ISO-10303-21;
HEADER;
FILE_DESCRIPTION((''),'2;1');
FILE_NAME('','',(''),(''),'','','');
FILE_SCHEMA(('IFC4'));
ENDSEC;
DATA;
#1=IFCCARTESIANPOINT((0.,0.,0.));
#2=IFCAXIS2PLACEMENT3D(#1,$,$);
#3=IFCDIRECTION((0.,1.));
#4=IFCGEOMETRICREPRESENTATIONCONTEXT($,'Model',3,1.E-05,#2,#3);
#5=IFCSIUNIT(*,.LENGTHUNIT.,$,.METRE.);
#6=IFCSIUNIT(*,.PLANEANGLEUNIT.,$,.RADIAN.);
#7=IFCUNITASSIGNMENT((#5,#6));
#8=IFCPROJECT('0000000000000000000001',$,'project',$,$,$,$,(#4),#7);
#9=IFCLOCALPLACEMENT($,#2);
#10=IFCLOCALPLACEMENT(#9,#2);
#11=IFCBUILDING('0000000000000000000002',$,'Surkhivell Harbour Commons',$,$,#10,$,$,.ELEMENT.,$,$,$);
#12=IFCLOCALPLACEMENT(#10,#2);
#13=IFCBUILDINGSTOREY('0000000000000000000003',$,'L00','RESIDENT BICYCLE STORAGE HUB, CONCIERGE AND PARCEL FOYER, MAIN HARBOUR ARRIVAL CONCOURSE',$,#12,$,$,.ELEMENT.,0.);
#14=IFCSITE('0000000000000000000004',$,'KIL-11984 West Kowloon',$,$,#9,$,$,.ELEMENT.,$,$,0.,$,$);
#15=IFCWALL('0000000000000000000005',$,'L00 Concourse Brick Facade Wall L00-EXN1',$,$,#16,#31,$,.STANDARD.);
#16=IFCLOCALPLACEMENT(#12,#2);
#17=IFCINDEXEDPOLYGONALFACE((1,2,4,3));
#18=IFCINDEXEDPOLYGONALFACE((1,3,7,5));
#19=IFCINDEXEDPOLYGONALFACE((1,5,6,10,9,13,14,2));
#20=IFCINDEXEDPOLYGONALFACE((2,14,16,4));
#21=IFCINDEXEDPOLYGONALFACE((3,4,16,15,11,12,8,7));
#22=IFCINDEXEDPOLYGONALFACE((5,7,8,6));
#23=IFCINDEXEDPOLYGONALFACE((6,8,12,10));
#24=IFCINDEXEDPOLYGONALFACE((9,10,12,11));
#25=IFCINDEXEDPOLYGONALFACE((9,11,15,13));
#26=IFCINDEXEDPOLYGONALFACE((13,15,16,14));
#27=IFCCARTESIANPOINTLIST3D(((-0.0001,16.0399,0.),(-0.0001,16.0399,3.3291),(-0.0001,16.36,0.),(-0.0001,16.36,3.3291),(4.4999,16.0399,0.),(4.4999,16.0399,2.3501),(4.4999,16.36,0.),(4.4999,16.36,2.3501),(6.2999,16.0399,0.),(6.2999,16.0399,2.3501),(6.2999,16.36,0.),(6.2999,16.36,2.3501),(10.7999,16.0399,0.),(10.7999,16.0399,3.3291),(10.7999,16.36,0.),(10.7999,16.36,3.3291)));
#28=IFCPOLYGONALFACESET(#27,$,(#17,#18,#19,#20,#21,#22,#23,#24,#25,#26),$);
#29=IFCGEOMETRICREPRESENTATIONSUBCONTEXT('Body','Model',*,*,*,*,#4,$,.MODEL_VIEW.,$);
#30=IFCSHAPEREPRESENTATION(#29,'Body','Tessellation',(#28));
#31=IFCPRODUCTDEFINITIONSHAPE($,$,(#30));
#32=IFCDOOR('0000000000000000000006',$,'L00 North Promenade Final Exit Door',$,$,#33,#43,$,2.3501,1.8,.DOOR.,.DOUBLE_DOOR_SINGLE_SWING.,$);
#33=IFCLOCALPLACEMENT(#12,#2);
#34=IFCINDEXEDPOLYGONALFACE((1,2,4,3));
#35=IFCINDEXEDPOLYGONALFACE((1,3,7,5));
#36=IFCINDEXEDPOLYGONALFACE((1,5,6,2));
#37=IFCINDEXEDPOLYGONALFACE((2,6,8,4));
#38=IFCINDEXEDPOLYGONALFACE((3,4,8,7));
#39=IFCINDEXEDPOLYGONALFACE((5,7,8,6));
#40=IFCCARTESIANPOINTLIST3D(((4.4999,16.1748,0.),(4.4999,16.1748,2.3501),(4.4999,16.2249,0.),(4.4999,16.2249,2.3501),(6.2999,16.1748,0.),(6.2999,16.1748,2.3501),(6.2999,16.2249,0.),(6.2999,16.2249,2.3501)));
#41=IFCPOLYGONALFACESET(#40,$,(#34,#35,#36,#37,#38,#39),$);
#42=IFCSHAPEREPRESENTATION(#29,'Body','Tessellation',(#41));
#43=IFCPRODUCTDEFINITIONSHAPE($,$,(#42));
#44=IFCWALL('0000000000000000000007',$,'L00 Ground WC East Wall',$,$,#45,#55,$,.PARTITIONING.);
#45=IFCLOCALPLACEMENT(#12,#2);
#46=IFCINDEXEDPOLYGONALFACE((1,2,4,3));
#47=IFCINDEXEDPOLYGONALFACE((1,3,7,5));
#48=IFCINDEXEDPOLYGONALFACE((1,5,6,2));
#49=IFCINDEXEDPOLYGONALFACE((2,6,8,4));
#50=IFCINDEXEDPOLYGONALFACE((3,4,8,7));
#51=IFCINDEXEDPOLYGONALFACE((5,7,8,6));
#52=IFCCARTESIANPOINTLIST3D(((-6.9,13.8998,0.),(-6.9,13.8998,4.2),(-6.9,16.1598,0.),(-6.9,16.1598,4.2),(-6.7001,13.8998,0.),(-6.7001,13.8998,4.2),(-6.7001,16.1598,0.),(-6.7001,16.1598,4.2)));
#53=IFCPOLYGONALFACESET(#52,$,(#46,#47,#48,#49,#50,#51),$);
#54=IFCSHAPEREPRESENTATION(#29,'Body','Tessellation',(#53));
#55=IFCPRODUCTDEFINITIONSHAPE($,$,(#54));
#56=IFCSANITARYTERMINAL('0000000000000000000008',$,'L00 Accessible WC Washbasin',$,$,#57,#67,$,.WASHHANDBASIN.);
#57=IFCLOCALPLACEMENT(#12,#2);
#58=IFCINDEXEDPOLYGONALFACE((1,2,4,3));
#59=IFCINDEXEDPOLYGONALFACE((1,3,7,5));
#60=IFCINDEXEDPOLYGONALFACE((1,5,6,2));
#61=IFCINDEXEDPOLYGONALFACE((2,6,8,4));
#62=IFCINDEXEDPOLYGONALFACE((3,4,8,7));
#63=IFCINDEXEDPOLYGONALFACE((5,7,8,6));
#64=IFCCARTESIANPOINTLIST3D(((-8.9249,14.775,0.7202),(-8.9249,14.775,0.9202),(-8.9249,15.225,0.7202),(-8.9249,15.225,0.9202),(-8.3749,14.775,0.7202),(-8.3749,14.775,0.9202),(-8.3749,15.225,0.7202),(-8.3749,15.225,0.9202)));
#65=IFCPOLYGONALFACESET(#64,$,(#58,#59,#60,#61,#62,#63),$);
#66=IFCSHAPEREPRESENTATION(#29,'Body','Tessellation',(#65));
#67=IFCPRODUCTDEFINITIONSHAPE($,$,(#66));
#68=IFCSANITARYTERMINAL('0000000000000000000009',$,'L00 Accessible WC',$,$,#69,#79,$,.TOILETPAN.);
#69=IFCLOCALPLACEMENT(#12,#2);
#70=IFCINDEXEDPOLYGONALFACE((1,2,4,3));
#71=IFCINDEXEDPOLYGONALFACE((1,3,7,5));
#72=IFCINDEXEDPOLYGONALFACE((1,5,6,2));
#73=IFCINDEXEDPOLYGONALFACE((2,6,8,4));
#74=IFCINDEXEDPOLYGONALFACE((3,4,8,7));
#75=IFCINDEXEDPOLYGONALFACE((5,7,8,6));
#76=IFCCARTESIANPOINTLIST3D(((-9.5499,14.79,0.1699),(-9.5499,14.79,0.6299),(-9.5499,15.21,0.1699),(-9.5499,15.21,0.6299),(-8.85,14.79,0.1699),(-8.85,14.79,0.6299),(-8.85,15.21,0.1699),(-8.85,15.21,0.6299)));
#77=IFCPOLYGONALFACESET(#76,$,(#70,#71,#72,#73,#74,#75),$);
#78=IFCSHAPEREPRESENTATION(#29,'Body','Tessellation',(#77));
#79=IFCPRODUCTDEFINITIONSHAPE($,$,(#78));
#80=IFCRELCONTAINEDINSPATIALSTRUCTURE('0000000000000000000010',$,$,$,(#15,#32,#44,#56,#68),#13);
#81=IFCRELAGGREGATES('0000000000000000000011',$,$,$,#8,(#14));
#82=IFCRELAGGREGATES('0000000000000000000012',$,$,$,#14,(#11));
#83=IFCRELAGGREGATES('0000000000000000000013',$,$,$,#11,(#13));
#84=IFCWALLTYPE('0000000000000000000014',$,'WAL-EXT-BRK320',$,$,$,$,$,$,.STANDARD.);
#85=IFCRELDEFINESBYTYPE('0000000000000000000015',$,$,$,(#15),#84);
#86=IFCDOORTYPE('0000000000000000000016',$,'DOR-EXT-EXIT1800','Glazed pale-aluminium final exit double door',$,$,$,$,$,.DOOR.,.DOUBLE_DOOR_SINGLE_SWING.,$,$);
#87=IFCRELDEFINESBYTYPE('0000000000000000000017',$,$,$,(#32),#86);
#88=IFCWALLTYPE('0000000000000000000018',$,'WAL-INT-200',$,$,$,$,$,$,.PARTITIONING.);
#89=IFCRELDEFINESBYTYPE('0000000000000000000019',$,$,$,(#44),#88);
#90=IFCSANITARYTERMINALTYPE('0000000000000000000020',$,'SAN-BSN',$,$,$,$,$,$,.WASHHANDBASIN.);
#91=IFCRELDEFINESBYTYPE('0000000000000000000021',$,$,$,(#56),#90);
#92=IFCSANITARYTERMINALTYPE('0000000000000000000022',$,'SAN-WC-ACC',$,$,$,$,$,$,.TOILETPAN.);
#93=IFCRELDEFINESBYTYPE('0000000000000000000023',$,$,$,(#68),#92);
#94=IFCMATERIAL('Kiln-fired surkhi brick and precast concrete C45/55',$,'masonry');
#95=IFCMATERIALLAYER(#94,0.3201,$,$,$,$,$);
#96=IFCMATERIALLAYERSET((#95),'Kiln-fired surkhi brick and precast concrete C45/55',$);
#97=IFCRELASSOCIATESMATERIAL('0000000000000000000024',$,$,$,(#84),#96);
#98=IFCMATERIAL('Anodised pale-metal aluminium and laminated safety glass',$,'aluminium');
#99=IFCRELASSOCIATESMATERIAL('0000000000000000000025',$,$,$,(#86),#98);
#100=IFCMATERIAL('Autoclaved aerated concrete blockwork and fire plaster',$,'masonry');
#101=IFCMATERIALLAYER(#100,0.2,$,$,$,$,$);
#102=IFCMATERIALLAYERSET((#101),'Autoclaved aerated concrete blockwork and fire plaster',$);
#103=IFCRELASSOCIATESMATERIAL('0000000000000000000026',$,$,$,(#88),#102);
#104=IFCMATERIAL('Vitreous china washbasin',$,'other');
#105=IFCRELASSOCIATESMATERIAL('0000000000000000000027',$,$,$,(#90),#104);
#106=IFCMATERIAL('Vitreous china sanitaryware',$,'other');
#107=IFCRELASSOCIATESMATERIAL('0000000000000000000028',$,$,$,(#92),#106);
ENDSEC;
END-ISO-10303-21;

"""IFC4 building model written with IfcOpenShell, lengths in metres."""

from ifc_helpers import new_model, si_unit, direction, frame, frame_2d, origin, origin_2d, place, context, subcontext, project, spatial, rectangle, extrude, material, layer, layer_set, type_object, element, fill, save


model = new_model("IFC4")

# Units and contexts
model_context = context("Model", 3, precision=1e-05, world=origin(), true_north=direction((0.0, 1.0)))
body_context = subcontext(model_context, "Body", "Model", "MODEL_VIEW")
ifc_project = project(units=[si_unit("LENGTHUNIT", "METRE"), si_unit("PLANEANGLEUNIT", "RADIAN")], contexts=[model_context])

# Site, building, storey
site_placement = place(None, origin())
site = spatial("IfcSite", under=ifc_project, at=site_placement, Name="KIL-11984 West Kowloon", CompositionType="ELEMENT", RefElevation=0.0)
building_placement = place(site_placement, origin())
building = spatial("IfcBuilding", under=site, at=building_placement, Name="Surkhivell Harbour Commons", CompositionType="ELEMENT")
storey_placement = place(building_placement, origin())
storey = spatial("IfcBuildingStorey", under=building, at=storey_placement, Name="L00", Description="RESIDENT BICYCLE STORAGE HUB, CONCIERGE AND PARCEL FOYER, MAIN HARBOUR ARRIVAL CONCOURSE", CompositionType="ELEMENT", Elevation=0.0)

# Wall, opening, door
ifc_material_1 = material(Name="Kiln-fired surkhi brick and precast concrete C45/55", Category="masonry")
ifc_layer_1 = layer(ifc_material_1, 0.3201)
ifc_layer_set_1 = layer_set([ifc_layer_1], Name="Kiln-fired surkhi brick and precast concrete C45/55")
wall_type_1 = type_object("IfcWallType", Name="WAL-EXT-BRK320", PredefinedType="STANDARD", material=ifc_layer_set_1)
wall_1_placement = place(storey_placement, frame((0.0, 16.2, 0.0), z_axis=(0.0, 0.0, 1.0), x_axis=(1.0, 0.0, 0.0)))
wall_1 = element("IfcWall", 1, at=wall_1_placement, inside=storey, type_object=wall_type_1, Name="L00 Concourse Brick Facade Wall L00-EXN1", PredefinedType="STANDARD", context=body_context, shape_type="SweptSolid", body=[
    extrude(rectangle(XDim=10.8, YDim=0.3201, at=frame_2d((5.3999, 0.0))), origin(), (0.0, 0.0, 1.0), 3.3291),
])
opening_1_placement = place(wall_1_placement, frame((4.5, 0.0, 0.0)))
opening_1 = element("IfcOpeningElement", 2, at=opening_1_placement, cuts=wall_1, PredefinedType="OPENING", context=body_context, shape_type="SweptSolid", body=[
    extrude(rectangle(XDim=1.8, YDim=2.3501, at=frame_2d((0.8999, 1.175))), frame((0.0, 0.1699, 0.0), z_axis=(0.0, -1.0, 0.0), x_axis=(1.0, 0.0, 0.0)), (0.0, 0.0, 1.0), 0.3401),
])
ifc_material_2 = material(Name="Anodised pale-metal aluminium and laminated safety glass", Category="aluminium")
door_type_1 = type_object("IfcDoorType", Name="DOR-EXT-EXIT1800", Description="Glazed pale-aluminium final exit double door", OperationType="DOUBLE_DOOR_SINGLE_SWING", PredefinedType="DOOR", material=ifc_material_2)
door_1_placement = place(opening_1_placement, origin())
door_1 = element("IfcDoor", 3, at=door_1_placement, inside=storey, type_object=door_type_1, Name="L00 North Promenade Final Exit Door", OperationType="DOUBLE_DOOR_SINGLE_SWING", OverallHeight=2.3501, OverallWidth=1.8, PredefinedType="DOOR", context=body_context, shape_type="SweptSolid", body=[
    extrude(rectangle(XDim=1.8, YDim=2.3501, at=frame_2d((0.8999, 1.175))), frame((0.0, 0.0249, 0.0), z_axis=(0.0, -1.0, 0.0), x_axis=(1.0, 0.0, 0.0)), (0.0, 0.0, 1.0), 0.05),
])
fill(opening_1, door_1)

# Wall
ifc_material_3 = material(Name="Autoclaved aerated concrete blockwork and fire plaster", Category="masonry")
ifc_layer_2 = layer(ifc_material_3, 0.2)
ifc_layer_set_2 = layer_set([ifc_layer_2], Name="Autoclaved aerated concrete blockwork and fire plaster")
wall_type_2 = type_object("IfcWallType", Name="WAL-INT-200", PredefinedType="PARTITIONING", material=ifc_layer_set_2)
wall_2_placement = place(storey_placement, frame((-6.8, 13.8999, 0.0), z_axis=(0.0, 0.0, 1.0), x_axis=(0.0, 1.0, 0.0)))
element("IfcWall", 4, at=wall_2_placement, inside=storey, type_object=wall_type_2, Name="L00 Ground WC East Wall", PredefinedType="PARTITIONING", context=body_context, shape_type="SweptSolid", body=[
    extrude(rectangle(XDim=2.26, YDim=0.2, at=frame_2d((1.1299, 0.0))), origin(), (0.0, 0.0, 1.0), 4.2),
])

# Sanitary terminals
ifc_material_4 = material(Name="Vitreous china washbasin", Category="other")
sanitary_terminal_type_1 = type_object("IfcSanitaryTerminalType", Name="SAN-BSN", PredefinedType="WASHHANDBASIN", material=ifc_material_4)
sanitary_terminal_1_placement = place(storey_placement, frame((-8.6499, 15.0, 0.7202), z_axis=(0.0, 0.0, 1.0), x_axis=(1.0, 0.0, 0.0)))
element("IfcSanitaryTerminal", 5, at=sanitary_terminal_1_placement, inside=storey, type_object=sanitary_terminal_type_1, Name="L00 Accessible WC Washbasin", PredefinedType="WASHHANDBASIN", context=body_context, shape_type="SweptSolid", body=[
    extrude(rectangle(XDim=0.55, YDim=0.45, at=origin_2d()), origin(), (0.0, 0.0, 1.0), 0.2),
])
ifc_material_5 = material(Name="Vitreous china sanitaryware", Category="other")
sanitary_terminal_type_2 = type_object("IfcSanitaryTerminalType", Name="SAN-WC-ACC", PredefinedType="TOILETPAN", material=ifc_material_5)
sanitary_terminal_2_placement = place(storey_placement, frame((-9.2, 15.0, 0.1699), z_axis=(0.0, 0.0, 1.0), x_axis=(1.0, 0.0, 0.0)))
element("IfcSanitaryTerminal", 6, at=sanitary_terminal_2_placement, inside=storey, type_object=sanitary_terminal_type_2, Name="L00 Accessible WC", PredefinedType="TOILETPAN", context=body_context, shape_type="SweptSolid", body=[
    extrude(rectangle(XDim=0.7, YDim=0.4199, at=origin_2d()), origin(), (0.0, 0.0, 1.0), 0.46),
])

save(model, "model.ifc")
